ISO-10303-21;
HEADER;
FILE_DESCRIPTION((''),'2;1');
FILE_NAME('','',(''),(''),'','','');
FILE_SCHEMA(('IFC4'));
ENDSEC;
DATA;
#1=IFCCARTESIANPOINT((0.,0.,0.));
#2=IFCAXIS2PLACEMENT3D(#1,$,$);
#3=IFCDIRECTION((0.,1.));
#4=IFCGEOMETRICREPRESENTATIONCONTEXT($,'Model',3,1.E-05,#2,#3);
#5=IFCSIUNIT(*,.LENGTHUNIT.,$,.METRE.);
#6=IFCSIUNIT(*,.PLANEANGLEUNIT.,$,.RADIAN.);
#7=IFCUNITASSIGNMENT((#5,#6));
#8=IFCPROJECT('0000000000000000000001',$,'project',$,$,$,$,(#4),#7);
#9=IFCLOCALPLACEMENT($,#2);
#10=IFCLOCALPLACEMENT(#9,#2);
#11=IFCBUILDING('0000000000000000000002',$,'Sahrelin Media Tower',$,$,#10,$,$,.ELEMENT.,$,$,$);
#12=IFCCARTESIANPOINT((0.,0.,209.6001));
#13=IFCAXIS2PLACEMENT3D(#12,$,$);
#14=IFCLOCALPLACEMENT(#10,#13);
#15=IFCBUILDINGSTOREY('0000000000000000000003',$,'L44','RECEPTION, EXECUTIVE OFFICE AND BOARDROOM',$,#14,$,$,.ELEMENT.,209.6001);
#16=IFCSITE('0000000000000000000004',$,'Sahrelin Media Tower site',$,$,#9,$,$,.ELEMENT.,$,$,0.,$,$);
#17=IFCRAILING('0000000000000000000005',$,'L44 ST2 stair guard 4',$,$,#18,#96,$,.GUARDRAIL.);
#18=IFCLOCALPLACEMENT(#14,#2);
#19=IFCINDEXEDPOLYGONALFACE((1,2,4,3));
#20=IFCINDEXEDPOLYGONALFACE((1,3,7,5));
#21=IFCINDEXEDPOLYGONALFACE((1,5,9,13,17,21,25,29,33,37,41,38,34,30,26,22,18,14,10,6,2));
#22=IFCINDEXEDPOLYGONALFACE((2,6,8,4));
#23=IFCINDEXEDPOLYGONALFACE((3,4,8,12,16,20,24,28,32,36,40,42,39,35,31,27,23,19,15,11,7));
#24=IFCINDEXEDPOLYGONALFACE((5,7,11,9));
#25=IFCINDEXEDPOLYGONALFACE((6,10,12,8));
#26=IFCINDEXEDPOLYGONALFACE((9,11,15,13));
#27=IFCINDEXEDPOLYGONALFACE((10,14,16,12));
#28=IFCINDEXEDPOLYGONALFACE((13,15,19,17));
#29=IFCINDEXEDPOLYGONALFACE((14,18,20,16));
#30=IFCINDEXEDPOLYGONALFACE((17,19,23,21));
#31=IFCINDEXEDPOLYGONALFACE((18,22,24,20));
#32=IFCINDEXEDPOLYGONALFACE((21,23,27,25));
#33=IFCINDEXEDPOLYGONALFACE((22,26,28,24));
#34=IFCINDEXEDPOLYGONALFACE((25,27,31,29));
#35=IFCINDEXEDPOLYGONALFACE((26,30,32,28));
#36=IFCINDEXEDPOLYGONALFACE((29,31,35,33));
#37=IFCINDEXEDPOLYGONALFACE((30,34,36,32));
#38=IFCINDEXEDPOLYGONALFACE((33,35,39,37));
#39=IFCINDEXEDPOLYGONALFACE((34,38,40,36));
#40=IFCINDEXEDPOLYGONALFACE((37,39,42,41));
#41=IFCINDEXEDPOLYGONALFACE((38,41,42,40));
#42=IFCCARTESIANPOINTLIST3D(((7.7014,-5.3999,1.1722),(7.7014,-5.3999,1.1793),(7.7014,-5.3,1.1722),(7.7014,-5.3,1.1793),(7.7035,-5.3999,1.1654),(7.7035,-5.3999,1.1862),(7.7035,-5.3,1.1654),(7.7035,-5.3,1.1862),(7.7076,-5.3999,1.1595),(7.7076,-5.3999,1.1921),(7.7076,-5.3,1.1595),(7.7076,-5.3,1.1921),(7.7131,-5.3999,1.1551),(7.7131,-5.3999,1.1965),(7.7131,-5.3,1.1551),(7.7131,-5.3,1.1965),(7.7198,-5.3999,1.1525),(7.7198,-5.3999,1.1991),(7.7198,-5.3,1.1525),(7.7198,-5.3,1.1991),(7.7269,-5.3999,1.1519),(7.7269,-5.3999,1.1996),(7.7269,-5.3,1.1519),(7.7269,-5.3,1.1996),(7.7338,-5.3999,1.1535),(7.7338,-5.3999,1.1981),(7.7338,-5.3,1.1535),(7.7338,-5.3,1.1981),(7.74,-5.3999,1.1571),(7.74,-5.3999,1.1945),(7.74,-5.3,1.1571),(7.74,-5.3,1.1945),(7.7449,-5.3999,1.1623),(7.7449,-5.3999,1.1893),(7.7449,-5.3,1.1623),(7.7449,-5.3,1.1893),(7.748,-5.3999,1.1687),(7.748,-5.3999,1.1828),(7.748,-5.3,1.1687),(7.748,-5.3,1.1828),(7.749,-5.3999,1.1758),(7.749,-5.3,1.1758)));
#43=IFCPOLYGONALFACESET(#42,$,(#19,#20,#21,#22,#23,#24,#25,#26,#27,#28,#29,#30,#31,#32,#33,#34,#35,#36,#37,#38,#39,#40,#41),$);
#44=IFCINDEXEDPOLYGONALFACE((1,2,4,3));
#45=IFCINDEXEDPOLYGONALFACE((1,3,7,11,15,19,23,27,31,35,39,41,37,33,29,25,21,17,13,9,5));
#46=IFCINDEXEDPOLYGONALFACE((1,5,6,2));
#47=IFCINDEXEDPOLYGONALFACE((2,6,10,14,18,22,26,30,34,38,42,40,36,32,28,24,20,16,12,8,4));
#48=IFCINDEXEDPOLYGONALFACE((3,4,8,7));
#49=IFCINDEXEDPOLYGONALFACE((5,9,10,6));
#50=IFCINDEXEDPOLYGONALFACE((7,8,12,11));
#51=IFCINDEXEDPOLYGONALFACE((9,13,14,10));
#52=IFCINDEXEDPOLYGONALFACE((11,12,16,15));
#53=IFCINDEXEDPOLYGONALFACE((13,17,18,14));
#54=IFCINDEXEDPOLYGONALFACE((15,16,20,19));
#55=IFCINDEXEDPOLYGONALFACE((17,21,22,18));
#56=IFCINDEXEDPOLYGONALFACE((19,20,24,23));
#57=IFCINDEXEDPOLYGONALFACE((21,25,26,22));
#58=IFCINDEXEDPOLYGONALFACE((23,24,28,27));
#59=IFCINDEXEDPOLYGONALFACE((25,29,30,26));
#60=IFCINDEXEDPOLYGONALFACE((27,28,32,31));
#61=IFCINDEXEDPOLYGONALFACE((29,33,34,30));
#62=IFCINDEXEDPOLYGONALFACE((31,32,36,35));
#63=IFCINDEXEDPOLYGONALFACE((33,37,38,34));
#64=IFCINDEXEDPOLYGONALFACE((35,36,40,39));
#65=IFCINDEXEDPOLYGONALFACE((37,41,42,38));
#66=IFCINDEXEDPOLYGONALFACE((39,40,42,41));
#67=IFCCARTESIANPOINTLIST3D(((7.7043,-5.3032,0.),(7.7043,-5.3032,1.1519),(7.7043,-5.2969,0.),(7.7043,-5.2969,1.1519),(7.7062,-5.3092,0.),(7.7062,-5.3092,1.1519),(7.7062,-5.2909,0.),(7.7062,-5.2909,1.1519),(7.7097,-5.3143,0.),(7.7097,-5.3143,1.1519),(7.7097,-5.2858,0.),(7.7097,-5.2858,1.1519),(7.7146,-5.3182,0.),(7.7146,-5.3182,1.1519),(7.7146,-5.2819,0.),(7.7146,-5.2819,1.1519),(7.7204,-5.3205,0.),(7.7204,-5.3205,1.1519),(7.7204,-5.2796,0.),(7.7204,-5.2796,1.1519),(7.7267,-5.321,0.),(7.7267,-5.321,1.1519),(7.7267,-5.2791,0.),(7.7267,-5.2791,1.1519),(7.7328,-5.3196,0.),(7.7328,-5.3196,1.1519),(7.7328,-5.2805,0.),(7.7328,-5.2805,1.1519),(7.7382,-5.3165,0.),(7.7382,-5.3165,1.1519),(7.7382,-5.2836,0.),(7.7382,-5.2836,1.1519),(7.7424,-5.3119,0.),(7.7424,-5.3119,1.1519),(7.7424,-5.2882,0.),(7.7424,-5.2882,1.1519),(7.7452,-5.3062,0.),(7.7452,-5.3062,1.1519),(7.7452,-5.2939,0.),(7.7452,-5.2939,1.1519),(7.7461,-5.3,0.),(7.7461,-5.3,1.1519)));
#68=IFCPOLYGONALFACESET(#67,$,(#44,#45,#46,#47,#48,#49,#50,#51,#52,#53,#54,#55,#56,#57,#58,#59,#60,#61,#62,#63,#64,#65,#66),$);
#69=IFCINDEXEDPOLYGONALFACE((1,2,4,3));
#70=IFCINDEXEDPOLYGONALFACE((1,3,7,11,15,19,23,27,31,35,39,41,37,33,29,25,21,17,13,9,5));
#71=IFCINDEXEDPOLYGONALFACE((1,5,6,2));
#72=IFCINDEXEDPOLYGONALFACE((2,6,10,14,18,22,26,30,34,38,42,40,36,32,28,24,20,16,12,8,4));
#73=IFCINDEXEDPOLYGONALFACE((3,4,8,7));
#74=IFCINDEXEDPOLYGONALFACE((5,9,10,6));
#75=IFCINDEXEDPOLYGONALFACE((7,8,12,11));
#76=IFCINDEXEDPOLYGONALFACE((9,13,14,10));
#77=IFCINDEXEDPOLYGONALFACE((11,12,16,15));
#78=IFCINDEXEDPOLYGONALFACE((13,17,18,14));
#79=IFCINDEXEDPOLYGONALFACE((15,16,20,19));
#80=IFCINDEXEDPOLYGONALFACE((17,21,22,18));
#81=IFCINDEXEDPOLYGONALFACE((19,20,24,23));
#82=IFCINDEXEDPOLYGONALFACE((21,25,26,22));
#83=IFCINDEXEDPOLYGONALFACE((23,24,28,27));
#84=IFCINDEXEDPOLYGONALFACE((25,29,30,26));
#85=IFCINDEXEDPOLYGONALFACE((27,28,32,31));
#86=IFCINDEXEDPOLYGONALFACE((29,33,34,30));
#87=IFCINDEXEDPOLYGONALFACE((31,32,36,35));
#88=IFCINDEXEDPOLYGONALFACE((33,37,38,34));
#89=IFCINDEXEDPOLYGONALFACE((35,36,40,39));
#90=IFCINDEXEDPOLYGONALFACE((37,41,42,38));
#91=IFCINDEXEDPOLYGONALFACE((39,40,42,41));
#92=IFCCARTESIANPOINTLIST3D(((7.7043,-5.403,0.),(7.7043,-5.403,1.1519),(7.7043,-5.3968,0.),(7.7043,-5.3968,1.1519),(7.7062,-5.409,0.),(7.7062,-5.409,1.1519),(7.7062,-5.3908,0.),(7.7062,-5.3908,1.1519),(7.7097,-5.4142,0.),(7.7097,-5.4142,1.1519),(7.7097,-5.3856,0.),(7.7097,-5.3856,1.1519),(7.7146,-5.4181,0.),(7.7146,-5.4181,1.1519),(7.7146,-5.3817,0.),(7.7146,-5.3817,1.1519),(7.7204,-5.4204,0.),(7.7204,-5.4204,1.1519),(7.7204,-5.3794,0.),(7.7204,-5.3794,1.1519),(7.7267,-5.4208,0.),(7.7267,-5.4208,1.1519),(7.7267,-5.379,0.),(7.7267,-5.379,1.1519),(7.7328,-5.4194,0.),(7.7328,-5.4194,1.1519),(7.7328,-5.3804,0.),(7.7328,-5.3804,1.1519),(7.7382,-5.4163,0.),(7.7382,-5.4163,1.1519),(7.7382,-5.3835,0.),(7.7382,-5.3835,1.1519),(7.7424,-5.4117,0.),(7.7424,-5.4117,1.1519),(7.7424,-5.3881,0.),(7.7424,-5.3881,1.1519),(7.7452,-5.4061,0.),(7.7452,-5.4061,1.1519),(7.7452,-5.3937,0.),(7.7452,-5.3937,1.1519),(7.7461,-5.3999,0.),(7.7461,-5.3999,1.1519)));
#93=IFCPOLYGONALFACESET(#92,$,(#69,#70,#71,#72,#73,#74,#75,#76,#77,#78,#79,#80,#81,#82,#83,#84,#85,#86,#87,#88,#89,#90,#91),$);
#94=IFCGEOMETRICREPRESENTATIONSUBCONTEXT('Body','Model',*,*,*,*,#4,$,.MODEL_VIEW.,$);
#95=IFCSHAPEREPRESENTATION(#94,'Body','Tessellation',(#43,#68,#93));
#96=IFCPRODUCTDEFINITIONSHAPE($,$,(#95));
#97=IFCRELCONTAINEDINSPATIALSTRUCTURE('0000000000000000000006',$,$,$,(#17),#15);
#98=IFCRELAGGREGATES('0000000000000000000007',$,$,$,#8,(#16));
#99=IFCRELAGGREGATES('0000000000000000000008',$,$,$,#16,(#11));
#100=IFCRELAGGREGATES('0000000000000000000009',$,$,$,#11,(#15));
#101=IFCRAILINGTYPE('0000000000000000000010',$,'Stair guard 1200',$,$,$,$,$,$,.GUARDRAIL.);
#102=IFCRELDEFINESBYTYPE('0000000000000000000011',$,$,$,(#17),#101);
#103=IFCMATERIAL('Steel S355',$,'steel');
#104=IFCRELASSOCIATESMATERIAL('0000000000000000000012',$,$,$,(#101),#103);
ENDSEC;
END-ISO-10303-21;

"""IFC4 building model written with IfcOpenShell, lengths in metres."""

from ifc_helpers import new_model, si_unit, direction, frame, origin, origin_2d, place, context, subcontext, project, spatial, circle, extrude, material, type_object, element, save


model = new_model("IFC4")

# Units and contexts
model_context = context("Model", 3, precision=1e-05, world=origin(), true_north=direction((0.0, 1.0)))
body_context = subcontext(model_context, "Body", "Model", "MODEL_VIEW")
ifc_project = project(units=[si_unit("LENGTHUNIT", "METRE"), si_unit("PLANEANGLEUNIT", "RADIAN")], contexts=[model_context])

# Site, building, storey
site_placement = place(None, origin())
site = spatial("IfcSite", under=ifc_project, at=site_placement, Name="Sahrelin Media Tower site", CompositionType="ELEMENT", RefElevation=0.0)
building_placement = place(site_placement, origin())
building = spatial("IfcBuilding", under=site, at=building_placement, Name="Sahrelin Media Tower", CompositionType="ELEMENT")
storey_placement = place(building_placement, frame((0.0, 0.0, 209.6001)))
storey = spatial("IfcBuildingStorey", under=building, at=storey_placement, Name="L44", Description="RECEPTION, EXECUTIVE OFFICE AND BOARDROOM", CompositionType="ELEMENT", Elevation=209.6001)

# Shared definitions
ifc_material_1 = material(Name="Steel S355", Category="steel")

# Railing
railing_type_1 = type_object("IfcRailingType", Name="Stair guard 1200", PredefinedType="GUARDRAIL", material=ifc_material_1)
railing_1_placement = place(storey_placement, frame((7.7251, -5.3, 0.0)))
element("IfcRailing", 1, at=railing_1_placement, inside=storey, type_object=railing_type_1, Name="L44 ST2 stair guard 4", PredefinedType="GUARDRAIL", context=body_context, shape_type="SweptSolid", body=[
    extrude(circle(Radius=0.0239, at=origin_2d()), frame((0.0, 0.0, 1.1758), z_axis=(0.0, -1.0, 0.0), x_axis=(1.0, 0.0, 0.0)), (0.0, 0.0, 1.0), 0.0999),
    extrude(circle(Radius=0.021, at=origin_2d()), origin(), (0.0, 0.0, 1.0), 1.1519),
    extrude(circle(Radius=0.021, at=origin_2d()), frame((0.0, -0.0999, 0.0)), (0.0, 0.0, 1.0), 1.1519),
])

save(model, "model.ifc")
